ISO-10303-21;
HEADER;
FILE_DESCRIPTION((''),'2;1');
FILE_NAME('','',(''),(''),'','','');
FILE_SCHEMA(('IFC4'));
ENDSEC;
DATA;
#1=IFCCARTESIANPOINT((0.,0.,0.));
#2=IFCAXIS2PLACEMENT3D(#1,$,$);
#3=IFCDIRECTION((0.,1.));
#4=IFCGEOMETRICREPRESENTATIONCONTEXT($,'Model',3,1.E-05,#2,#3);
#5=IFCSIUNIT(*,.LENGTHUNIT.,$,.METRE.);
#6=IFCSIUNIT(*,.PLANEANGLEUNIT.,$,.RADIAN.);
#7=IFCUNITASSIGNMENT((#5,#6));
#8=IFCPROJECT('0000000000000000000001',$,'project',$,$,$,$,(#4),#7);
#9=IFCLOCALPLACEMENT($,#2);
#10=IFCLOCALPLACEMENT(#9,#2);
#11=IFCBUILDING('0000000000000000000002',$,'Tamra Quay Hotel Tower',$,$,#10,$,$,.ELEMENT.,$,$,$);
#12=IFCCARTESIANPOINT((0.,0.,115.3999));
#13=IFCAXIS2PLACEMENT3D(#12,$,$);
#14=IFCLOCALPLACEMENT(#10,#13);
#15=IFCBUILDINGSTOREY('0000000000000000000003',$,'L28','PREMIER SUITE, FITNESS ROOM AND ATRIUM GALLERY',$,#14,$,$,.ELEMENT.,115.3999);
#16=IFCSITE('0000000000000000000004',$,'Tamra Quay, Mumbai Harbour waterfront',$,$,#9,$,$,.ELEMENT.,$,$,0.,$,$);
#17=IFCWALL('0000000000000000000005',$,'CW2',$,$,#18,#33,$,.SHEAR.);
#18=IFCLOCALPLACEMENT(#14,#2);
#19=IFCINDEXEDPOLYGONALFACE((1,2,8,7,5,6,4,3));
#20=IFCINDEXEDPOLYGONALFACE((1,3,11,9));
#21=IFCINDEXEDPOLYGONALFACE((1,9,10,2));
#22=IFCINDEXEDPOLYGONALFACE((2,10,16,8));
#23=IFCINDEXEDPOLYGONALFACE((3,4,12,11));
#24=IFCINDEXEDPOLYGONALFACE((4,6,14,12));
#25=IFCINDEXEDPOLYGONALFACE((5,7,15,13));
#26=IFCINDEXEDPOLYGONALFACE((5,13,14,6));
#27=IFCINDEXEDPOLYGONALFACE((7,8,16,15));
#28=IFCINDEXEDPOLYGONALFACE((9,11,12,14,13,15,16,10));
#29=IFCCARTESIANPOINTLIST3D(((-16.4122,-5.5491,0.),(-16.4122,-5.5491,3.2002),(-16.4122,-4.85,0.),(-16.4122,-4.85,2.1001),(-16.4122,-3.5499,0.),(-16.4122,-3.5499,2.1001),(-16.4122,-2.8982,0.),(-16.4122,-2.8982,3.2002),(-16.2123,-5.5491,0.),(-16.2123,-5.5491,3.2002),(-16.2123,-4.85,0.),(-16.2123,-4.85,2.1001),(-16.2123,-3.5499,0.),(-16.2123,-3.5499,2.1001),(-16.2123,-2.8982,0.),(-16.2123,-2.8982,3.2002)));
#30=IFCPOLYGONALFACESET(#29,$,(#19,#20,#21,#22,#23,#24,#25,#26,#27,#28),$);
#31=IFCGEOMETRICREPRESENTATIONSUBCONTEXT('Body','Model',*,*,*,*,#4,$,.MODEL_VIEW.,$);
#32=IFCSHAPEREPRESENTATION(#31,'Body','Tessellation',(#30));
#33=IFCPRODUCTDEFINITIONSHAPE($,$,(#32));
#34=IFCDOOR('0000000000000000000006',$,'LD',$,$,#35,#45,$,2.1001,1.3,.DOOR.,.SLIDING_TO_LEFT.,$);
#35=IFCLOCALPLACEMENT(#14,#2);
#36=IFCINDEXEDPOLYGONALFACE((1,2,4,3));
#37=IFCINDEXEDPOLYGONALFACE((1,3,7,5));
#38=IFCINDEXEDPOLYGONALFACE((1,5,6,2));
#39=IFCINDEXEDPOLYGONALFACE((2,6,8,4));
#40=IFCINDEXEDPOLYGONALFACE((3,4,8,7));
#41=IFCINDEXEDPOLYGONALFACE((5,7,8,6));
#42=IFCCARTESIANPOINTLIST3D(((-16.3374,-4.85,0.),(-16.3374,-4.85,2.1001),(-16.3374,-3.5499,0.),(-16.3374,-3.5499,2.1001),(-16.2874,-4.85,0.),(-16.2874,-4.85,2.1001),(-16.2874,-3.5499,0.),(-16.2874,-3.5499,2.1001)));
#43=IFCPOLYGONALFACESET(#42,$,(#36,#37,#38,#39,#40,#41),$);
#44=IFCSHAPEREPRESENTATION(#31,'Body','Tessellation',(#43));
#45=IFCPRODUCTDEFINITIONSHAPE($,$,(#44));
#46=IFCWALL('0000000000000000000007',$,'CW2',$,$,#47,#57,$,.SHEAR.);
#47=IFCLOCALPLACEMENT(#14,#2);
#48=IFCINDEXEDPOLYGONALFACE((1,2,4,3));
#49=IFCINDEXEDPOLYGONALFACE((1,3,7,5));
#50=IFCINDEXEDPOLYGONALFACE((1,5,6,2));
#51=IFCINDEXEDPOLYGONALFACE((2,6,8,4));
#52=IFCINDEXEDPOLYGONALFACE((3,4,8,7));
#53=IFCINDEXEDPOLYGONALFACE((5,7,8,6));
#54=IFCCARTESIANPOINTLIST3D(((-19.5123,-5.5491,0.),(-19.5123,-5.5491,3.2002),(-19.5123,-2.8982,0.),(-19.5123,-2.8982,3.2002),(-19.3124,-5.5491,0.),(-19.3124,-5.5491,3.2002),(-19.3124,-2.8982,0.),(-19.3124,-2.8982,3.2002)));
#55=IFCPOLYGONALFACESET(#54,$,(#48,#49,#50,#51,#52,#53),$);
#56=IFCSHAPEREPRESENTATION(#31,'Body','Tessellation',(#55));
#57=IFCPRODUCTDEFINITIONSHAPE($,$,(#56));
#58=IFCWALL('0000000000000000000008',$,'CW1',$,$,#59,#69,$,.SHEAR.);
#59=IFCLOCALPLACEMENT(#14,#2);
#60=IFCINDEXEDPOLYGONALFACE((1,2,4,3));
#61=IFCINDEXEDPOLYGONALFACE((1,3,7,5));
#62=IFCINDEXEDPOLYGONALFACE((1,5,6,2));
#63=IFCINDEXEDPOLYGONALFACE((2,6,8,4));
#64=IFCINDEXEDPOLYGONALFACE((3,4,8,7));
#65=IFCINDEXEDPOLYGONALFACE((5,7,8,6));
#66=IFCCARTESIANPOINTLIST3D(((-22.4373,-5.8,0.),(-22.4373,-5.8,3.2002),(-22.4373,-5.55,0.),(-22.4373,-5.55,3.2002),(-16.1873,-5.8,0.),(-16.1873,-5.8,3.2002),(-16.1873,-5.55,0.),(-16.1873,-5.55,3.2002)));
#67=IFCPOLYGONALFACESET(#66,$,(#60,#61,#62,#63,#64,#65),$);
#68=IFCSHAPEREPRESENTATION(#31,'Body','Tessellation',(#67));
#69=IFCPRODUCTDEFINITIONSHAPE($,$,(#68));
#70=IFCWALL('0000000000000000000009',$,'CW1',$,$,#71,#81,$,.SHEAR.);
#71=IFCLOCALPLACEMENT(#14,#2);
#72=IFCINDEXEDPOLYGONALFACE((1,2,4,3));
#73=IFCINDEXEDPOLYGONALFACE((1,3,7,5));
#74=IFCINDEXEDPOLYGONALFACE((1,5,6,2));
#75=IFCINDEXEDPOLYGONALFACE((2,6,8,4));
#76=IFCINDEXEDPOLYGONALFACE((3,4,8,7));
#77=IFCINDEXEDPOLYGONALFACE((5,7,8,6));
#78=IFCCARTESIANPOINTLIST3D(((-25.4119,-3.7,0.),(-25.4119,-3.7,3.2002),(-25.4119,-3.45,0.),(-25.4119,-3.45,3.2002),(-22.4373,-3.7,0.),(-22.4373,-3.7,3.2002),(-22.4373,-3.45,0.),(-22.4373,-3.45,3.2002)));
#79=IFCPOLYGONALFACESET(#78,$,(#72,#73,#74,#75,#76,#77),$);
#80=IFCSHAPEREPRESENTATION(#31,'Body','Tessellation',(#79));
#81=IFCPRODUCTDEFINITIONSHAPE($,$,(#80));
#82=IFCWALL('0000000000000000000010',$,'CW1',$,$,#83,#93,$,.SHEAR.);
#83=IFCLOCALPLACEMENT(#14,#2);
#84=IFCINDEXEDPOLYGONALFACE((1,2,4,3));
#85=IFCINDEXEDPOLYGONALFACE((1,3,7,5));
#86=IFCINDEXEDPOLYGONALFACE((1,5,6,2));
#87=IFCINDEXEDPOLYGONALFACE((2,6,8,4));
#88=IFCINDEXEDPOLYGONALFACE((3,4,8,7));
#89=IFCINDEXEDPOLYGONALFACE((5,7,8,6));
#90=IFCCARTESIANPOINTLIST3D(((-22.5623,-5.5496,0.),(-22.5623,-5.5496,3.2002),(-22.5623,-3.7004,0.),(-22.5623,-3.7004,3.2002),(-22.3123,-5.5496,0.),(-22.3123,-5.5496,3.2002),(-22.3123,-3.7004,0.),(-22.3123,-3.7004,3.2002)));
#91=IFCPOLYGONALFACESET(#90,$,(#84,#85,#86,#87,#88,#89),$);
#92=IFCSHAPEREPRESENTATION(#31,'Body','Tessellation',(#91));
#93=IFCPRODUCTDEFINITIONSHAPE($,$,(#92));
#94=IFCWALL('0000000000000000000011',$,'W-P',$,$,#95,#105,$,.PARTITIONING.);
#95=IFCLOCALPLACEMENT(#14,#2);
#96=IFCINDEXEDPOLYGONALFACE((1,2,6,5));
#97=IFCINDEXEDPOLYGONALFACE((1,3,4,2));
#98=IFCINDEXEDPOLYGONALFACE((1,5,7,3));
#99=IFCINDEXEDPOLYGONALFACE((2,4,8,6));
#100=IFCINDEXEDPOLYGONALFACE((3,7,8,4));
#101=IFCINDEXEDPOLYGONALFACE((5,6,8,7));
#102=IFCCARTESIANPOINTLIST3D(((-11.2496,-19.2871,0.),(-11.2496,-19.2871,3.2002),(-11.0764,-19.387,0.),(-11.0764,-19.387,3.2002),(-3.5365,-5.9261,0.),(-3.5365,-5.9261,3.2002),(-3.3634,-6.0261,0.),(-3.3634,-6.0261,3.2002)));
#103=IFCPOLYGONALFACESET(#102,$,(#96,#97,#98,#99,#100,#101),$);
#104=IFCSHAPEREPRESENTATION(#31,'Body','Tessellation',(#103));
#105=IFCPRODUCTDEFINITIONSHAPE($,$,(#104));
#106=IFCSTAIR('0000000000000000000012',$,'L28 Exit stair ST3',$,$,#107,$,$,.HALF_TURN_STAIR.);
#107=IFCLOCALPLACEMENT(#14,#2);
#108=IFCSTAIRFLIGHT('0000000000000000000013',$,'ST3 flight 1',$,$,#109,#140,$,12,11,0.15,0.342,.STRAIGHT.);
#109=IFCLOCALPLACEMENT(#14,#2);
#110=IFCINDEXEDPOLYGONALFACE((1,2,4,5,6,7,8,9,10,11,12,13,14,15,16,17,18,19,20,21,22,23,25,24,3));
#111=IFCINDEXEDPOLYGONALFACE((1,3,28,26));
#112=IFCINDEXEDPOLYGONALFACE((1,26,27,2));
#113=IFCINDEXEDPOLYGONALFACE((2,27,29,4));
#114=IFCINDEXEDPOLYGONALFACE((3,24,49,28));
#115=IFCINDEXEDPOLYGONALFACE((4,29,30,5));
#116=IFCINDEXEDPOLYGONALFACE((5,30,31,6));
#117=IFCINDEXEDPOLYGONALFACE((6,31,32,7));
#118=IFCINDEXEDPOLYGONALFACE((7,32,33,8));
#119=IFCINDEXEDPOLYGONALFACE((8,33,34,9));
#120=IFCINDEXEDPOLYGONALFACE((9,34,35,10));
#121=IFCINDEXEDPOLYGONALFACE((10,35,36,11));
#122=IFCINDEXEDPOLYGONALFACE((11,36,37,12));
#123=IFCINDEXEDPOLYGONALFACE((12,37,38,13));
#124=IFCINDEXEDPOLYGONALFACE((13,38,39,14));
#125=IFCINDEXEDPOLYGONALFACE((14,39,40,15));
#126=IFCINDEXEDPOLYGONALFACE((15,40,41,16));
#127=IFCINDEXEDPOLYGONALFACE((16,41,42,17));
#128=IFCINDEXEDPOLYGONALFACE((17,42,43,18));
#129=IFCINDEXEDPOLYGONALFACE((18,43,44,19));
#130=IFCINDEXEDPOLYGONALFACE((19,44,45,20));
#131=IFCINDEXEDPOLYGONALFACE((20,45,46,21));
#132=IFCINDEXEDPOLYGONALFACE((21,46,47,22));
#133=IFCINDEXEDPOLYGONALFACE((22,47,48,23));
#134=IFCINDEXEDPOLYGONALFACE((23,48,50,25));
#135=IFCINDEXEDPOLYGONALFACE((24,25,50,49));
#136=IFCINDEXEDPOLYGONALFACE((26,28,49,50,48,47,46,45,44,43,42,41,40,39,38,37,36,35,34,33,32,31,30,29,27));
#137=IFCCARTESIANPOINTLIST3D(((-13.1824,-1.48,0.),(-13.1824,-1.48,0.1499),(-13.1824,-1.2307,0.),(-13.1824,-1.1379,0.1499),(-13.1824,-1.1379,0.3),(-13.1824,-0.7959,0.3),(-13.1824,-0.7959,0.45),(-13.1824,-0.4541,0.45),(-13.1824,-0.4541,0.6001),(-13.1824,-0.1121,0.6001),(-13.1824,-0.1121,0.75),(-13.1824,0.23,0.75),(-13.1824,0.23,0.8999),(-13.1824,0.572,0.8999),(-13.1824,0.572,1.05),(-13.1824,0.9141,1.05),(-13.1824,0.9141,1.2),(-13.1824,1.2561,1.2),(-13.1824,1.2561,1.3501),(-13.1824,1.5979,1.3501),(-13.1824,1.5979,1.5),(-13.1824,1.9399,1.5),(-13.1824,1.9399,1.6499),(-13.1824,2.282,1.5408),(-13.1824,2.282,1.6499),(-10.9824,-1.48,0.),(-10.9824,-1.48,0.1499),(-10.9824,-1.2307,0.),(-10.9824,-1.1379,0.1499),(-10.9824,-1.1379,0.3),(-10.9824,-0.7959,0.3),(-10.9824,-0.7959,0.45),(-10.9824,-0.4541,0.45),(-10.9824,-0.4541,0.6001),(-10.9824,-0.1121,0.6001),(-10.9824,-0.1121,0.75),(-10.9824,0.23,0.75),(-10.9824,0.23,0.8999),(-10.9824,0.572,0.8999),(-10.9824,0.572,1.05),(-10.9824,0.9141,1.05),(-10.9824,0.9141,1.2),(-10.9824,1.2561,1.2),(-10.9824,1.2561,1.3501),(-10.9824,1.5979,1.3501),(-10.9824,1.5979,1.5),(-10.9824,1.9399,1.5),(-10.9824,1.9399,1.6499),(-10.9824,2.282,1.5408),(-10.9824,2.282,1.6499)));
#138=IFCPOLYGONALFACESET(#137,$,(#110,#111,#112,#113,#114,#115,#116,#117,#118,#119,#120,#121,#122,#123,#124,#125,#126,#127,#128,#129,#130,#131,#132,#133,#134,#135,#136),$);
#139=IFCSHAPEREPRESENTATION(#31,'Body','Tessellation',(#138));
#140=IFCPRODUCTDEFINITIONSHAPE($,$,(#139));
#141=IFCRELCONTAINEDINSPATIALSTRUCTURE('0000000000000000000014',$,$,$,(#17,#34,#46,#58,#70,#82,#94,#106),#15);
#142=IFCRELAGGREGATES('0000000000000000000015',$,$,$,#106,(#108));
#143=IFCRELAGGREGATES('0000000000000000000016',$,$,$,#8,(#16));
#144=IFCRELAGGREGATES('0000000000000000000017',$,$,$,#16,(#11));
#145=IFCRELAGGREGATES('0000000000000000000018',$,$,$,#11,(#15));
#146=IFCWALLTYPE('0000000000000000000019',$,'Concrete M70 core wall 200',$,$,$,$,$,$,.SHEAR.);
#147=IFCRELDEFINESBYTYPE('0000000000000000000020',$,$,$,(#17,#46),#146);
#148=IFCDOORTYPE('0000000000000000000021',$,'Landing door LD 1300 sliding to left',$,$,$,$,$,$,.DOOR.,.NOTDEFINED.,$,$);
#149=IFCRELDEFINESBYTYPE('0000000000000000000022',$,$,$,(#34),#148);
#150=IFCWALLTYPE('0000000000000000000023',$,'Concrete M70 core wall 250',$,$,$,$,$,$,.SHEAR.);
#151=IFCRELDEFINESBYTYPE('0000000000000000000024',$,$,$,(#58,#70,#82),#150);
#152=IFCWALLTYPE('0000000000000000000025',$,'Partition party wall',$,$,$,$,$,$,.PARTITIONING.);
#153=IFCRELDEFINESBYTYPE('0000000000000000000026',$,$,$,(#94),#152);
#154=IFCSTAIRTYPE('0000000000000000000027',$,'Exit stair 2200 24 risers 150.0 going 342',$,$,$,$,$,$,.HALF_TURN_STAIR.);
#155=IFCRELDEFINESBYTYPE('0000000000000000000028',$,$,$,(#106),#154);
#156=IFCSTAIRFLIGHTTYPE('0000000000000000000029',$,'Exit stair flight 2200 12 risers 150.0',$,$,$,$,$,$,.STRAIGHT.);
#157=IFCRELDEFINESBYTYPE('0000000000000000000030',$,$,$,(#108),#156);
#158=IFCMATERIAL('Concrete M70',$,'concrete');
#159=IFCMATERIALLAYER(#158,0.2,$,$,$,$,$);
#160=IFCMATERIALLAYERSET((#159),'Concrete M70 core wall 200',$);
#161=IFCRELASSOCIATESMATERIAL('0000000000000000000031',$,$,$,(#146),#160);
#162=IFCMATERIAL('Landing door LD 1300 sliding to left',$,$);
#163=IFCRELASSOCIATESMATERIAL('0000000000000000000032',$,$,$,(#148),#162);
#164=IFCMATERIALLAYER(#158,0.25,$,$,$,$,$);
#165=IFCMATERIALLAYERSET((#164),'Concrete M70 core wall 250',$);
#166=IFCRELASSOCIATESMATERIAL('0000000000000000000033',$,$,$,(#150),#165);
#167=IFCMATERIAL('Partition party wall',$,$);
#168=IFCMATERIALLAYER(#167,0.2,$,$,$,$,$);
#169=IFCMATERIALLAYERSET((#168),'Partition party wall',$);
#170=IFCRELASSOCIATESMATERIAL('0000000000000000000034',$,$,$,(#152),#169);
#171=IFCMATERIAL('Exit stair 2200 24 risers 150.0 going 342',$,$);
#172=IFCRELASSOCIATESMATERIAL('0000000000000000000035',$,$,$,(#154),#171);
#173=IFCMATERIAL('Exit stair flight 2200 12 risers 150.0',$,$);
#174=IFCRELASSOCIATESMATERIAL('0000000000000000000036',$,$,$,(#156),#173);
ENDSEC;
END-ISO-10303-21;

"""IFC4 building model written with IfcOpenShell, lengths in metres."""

from ifc_helpers import new_model, si_unit, direction, frame, frame_2d, origin, place, context, subcontext, project, spatial, polyline, rectangle, outline, extrude, material, layer, layer_set, type_object, element, fill, aggregate, save


model = new_model("IFC4")

# Units and contexts
model_context = context("Model", 3, precision=1e-05, world=origin(), true_north=direction((0.0, 1.0)))
body_context = subcontext(model_context, "Body", "Model", "MODEL_VIEW")
ifc_project = project(units=[si_unit("LENGTHUNIT", "METRE"), si_unit("PLANEANGLEUNIT", "RADIAN")], contexts=[model_context])

# Site, building, storey
site_placement = place(None, origin())
site = spatial("IfcSite", under=ifc_project, at=site_placement, Name="Tamra Quay, Mumbai Harbour waterfront", CompositionType="ELEMENT", RefElevation=0.0)
building_placement = place(site_placement, origin())
building = spatial("IfcBuilding", under=site, at=building_placement, Name="Tamra Quay Hotel Tower", CompositionType="ELEMENT")
storey_placement = place(building_placement, frame((0.0, 0.0, 115.3999)))
storey = spatial("IfcBuildingStorey", under=building, at=storey_placement, Name="L28", Description="PREMIER SUITE, FITNESS ROOM AND ATRIUM GALLERY", CompositionType="ELEMENT", Elevation=115.3999)

# Shared definitions
ifc_material_1 = material(Name="Concrete M70", Category="concrete")

# Shared definitions
ifc_layer_1 = layer(ifc_material_1, 0.2)
ifc_layer_set_1 = layer_set([ifc_layer_1], Name="Concrete M70 core wall 200")
wall_type_1 = type_object("IfcWallType", Name="Concrete M70 core wall 200", PredefinedType="SHEAR", material=ifc_layer_set_1)

# Wall, opening, door
wall_1_placement = place(storey_placement, frame((-16.3123, -2.8982, 0.0), z_axis=(0.0, 0.0, 1.0), x_axis=(0.0, -1.0, 0.0)))
wall_1 = element("IfcWall", 1, at=wall_1_placement, inside=storey, type_object=wall_type_1, Name="CW2", PredefinedType="SHEAR", context=body_context, shape_type="SweptSolid", body=[
    extrude(rectangle(XDim=2.6509, YDim=0.2, at=frame_2d((1.3254, 0.0))), origin(), (0.0, 0.0, 1.0), 3.2002),
])
opening_placement = place(wall_1_placement, frame((0.6519, 0.0, 0.0)))
opening = element("IfcOpeningElement", 2, at=opening_placement, cuts=wall_1, PredefinedType="OPENING", context=body_context, shape_type="SweptSolid", body=[
    extrude(rectangle(XDim=1.3, YDim=2.1001, at=frame_2d((0.6499, 1.05))), frame((0.0, 0.1099, 0.0), z_axis=(0.0, -1.0, 0.0), x_axis=(1.0, 0.0, 0.0)), (0.0, 0.0, 1.0), 0.22),
])
ifc_material_2 = material(Name="Landing door LD 1300 sliding to left")
door_type = type_object("IfcDoorType", Name="Landing door LD 1300 sliding to left", OperationType="NOTDEFINED", PredefinedType="DOOR", material=ifc_material_2)
door_placement = place(opening_placement, origin())
door = element("IfcDoor", 3, at=door_placement, inside=storey, type_object=door_type, Name="LD", OperationType="SLIDING_TO_LEFT", OverallHeight=2.1001, OverallWidth=1.3, PredefinedType="DOOR", context=body_context, shape_type="SweptSolid", body=[
    extrude(rectangle(XDim=1.3, YDim=2.1001, at=frame_2d((0.6499, 1.05))), frame((0.0, 0.0249, 0.0), z_axis=(0.0, -1.0, 0.0), x_axis=(1.0, 0.0, 0.0)), (0.0, 0.0, 1.0), 0.05),
])
fill(opening, door)

# Walls
wall_2_placement = place(storey_placement, frame((-19.4124, -5.5491, 0.0), z_axis=(0.0, 0.0, 1.0), x_axis=(0.0, 1.0, 0.0)))
element("IfcWall", 4, at=wall_2_placement, inside=storey, type_object=wall_type_1, Name="CW2", PredefinedType="SHEAR", context=body_context, shape_type="SweptSolid", body=[
    extrude(rectangle(XDim=2.6509, YDim=0.2, at=frame_2d((1.3254, 0.0))), origin(), (0.0, 0.0, 1.0), 3.2002),
])
ifc_layer_2 = layer(ifc_material_1, 0.25)
ifc_layer_set_2 = layer_set([ifc_layer_2], Name="Concrete M70 core wall 250")
wall_type_2 = type_object("IfcWallType", Name="Concrete M70 core wall 250", PredefinedType="SHEAR", material=ifc_layer_set_2)
wall_3_placement = place(storey_placement, frame((-16.1873, -5.675, 0.0), z_axis=(0.0, 0.0, 1.0), x_axis=(-1.0, 0.0, 0.0)))
element("IfcWall", 5, at=wall_3_placement, inside=storey, type_object=wall_type_2, Name="CW1", PredefinedType="SHEAR", context=body_context, shape_type="SweptSolid", body=[
    extrude(rectangle(XDim=6.25, YDim=0.25, at=frame_2d((3.125, 0.0))), origin(), (0.0, 0.0, 1.0), 3.2002),
])
wall_4_placement = place(storey_placement, frame((-22.4373, -3.575, 0.0), z_axis=(0.0, 0.0, 1.0), x_axis=(-1.0, 0.0, 0.0)))
element("IfcWall", 6, at=wall_4_placement, inside=storey, type_object=wall_type_2, Name="CW1", PredefinedType="SHEAR", context=body_context, shape_type="SweptSolid", body=[
    extrude(rectangle(XDim=2.9746, YDim=0.25, at=frame_2d((1.4873, 0.0))), origin(), (0.0, 0.0, 1.0), 3.2002),
])
wall_5_placement = place(storey_placement, frame((-22.4373, -5.5496, 0.0), z_axis=(0.0, 0.0, 1.0), x_axis=(0.0, 1.0, 0.0)))
element("IfcWall", 7, at=wall_5_placement, inside=storey, type_object=wall_type_2, Name="CW1", PredefinedType="SHEAR", context=body_context, shape_type="SweptSolid", body=[
    extrude(rectangle(XDim=1.8491, YDim=0.25, at=frame_2d((0.9246, 0.0))), origin(), (0.0, 0.0, 1.0), 3.2002),
])
ifc_material_3 = material(Name="Partition party wall")
ifc_layer_3 = layer(ifc_material_3, 0.2)
ifc_layer_set_3 = layer_set([ifc_layer_3], Name="Partition party wall")
wall_type_3 = type_object("IfcWallType", Name="Partition party wall", PredefinedType="PARTITIONING", material=ifc_layer_set_3)
wall_6_placement = place(storey_placement, frame((-11.1631, -19.3372, 0.0), z_axis=(0.0, 0.0, 1.0), x_axis=(0.499957, 0.86605, 0.0)))
element("IfcWall", 8, at=wall_6_placement, inside=storey, type_object=wall_type_3, Name="W-P", PredefinedType="PARTITIONING", context=body_context, shape_type="SweptSolid", body=[
    extrude(rectangle(XDim=15.4275, YDim=0.2, at=frame_2d((7.7139, 0.0))), origin(), (0.0, 0.0, 1.0), 3.2002),
])

# Stair, stair flight
ifc_material_4 = material(Name="Exit stair 2200 24 risers 150.0 going 342")
stair_type = type_object("IfcStairType", Name="Exit stair 2200 24 risers 150.0 going 342", PredefinedType="HALF_TURN_STAIR", material=ifc_material_4)
stair_placement = place(storey_placement, origin())
stair = element("IfcStair", 9, at=stair_placement, inside=storey, type_object=stair_type, Name="L28 Exit stair ST3", PredefinedType="HALF_TURN_STAIR")
ifc_material_5 = material(Name="Exit stair flight 2200 12 risers 150.0")
stair_flight_type = type_object("IfcStairFlightType", Name="Exit stair flight 2200 12 risers 150.0", PredefinedType="STRAIGHT", material=ifc_material_5)
stair_flight_placement = place(storey_placement, frame((-12.0823, -1.48, 0.0), z_axis=(0.0, 0.0, 1.0), x_axis=(0.0, 1.0, 0.0)))
stair_flight = element("IfcStairFlight", 10, at=stair_flight_placement, type_object=stair_flight_type, Name="ST3 flight 1", NumberOfRisers=12, NumberOfTreads=11, PredefinedType="STRAIGHT", RiserHeight=0.15, TreadLength=0.342, context=body_context, shape_type="SweptSolid", body=[
    extrude(outline(polyline([(0.0, 0.0), (0.0, 0.1499), (0.342, 0.1499), (0.342, 0.3), (0.6841, 0.3), (0.6841, 0.45), (1.0259, 0.45), (1.0259, 0.6001), (1.3679, 0.6001), (1.3679, 0.75), (1.71, 0.75), (1.71, 0.8999), (2.052, 0.8999), (2.052, 1.05), (2.394, 1.05), (2.394, 1.2), (2.7361, 1.2), (2.7361, 1.3501), (3.0779, 1.3501), (3.0779, 1.5), (3.4199, 1.5), (3.4199, 1.6499), (3.762, 1.6499), (3.762, 1.8), (3.762, 1.5408), (0.2493, 0.0), (0.0, 0.0)])), frame((0.0, 1.1001, 0.0), z_axis=(0.0, -1.0, 0.0), x_axis=(1.0, 0.0, 0.0)), (0.0, 0.0, 1.0), 2.2),
])
aggregate(stair, [stair_flight])

save(model, "model.ifc")
